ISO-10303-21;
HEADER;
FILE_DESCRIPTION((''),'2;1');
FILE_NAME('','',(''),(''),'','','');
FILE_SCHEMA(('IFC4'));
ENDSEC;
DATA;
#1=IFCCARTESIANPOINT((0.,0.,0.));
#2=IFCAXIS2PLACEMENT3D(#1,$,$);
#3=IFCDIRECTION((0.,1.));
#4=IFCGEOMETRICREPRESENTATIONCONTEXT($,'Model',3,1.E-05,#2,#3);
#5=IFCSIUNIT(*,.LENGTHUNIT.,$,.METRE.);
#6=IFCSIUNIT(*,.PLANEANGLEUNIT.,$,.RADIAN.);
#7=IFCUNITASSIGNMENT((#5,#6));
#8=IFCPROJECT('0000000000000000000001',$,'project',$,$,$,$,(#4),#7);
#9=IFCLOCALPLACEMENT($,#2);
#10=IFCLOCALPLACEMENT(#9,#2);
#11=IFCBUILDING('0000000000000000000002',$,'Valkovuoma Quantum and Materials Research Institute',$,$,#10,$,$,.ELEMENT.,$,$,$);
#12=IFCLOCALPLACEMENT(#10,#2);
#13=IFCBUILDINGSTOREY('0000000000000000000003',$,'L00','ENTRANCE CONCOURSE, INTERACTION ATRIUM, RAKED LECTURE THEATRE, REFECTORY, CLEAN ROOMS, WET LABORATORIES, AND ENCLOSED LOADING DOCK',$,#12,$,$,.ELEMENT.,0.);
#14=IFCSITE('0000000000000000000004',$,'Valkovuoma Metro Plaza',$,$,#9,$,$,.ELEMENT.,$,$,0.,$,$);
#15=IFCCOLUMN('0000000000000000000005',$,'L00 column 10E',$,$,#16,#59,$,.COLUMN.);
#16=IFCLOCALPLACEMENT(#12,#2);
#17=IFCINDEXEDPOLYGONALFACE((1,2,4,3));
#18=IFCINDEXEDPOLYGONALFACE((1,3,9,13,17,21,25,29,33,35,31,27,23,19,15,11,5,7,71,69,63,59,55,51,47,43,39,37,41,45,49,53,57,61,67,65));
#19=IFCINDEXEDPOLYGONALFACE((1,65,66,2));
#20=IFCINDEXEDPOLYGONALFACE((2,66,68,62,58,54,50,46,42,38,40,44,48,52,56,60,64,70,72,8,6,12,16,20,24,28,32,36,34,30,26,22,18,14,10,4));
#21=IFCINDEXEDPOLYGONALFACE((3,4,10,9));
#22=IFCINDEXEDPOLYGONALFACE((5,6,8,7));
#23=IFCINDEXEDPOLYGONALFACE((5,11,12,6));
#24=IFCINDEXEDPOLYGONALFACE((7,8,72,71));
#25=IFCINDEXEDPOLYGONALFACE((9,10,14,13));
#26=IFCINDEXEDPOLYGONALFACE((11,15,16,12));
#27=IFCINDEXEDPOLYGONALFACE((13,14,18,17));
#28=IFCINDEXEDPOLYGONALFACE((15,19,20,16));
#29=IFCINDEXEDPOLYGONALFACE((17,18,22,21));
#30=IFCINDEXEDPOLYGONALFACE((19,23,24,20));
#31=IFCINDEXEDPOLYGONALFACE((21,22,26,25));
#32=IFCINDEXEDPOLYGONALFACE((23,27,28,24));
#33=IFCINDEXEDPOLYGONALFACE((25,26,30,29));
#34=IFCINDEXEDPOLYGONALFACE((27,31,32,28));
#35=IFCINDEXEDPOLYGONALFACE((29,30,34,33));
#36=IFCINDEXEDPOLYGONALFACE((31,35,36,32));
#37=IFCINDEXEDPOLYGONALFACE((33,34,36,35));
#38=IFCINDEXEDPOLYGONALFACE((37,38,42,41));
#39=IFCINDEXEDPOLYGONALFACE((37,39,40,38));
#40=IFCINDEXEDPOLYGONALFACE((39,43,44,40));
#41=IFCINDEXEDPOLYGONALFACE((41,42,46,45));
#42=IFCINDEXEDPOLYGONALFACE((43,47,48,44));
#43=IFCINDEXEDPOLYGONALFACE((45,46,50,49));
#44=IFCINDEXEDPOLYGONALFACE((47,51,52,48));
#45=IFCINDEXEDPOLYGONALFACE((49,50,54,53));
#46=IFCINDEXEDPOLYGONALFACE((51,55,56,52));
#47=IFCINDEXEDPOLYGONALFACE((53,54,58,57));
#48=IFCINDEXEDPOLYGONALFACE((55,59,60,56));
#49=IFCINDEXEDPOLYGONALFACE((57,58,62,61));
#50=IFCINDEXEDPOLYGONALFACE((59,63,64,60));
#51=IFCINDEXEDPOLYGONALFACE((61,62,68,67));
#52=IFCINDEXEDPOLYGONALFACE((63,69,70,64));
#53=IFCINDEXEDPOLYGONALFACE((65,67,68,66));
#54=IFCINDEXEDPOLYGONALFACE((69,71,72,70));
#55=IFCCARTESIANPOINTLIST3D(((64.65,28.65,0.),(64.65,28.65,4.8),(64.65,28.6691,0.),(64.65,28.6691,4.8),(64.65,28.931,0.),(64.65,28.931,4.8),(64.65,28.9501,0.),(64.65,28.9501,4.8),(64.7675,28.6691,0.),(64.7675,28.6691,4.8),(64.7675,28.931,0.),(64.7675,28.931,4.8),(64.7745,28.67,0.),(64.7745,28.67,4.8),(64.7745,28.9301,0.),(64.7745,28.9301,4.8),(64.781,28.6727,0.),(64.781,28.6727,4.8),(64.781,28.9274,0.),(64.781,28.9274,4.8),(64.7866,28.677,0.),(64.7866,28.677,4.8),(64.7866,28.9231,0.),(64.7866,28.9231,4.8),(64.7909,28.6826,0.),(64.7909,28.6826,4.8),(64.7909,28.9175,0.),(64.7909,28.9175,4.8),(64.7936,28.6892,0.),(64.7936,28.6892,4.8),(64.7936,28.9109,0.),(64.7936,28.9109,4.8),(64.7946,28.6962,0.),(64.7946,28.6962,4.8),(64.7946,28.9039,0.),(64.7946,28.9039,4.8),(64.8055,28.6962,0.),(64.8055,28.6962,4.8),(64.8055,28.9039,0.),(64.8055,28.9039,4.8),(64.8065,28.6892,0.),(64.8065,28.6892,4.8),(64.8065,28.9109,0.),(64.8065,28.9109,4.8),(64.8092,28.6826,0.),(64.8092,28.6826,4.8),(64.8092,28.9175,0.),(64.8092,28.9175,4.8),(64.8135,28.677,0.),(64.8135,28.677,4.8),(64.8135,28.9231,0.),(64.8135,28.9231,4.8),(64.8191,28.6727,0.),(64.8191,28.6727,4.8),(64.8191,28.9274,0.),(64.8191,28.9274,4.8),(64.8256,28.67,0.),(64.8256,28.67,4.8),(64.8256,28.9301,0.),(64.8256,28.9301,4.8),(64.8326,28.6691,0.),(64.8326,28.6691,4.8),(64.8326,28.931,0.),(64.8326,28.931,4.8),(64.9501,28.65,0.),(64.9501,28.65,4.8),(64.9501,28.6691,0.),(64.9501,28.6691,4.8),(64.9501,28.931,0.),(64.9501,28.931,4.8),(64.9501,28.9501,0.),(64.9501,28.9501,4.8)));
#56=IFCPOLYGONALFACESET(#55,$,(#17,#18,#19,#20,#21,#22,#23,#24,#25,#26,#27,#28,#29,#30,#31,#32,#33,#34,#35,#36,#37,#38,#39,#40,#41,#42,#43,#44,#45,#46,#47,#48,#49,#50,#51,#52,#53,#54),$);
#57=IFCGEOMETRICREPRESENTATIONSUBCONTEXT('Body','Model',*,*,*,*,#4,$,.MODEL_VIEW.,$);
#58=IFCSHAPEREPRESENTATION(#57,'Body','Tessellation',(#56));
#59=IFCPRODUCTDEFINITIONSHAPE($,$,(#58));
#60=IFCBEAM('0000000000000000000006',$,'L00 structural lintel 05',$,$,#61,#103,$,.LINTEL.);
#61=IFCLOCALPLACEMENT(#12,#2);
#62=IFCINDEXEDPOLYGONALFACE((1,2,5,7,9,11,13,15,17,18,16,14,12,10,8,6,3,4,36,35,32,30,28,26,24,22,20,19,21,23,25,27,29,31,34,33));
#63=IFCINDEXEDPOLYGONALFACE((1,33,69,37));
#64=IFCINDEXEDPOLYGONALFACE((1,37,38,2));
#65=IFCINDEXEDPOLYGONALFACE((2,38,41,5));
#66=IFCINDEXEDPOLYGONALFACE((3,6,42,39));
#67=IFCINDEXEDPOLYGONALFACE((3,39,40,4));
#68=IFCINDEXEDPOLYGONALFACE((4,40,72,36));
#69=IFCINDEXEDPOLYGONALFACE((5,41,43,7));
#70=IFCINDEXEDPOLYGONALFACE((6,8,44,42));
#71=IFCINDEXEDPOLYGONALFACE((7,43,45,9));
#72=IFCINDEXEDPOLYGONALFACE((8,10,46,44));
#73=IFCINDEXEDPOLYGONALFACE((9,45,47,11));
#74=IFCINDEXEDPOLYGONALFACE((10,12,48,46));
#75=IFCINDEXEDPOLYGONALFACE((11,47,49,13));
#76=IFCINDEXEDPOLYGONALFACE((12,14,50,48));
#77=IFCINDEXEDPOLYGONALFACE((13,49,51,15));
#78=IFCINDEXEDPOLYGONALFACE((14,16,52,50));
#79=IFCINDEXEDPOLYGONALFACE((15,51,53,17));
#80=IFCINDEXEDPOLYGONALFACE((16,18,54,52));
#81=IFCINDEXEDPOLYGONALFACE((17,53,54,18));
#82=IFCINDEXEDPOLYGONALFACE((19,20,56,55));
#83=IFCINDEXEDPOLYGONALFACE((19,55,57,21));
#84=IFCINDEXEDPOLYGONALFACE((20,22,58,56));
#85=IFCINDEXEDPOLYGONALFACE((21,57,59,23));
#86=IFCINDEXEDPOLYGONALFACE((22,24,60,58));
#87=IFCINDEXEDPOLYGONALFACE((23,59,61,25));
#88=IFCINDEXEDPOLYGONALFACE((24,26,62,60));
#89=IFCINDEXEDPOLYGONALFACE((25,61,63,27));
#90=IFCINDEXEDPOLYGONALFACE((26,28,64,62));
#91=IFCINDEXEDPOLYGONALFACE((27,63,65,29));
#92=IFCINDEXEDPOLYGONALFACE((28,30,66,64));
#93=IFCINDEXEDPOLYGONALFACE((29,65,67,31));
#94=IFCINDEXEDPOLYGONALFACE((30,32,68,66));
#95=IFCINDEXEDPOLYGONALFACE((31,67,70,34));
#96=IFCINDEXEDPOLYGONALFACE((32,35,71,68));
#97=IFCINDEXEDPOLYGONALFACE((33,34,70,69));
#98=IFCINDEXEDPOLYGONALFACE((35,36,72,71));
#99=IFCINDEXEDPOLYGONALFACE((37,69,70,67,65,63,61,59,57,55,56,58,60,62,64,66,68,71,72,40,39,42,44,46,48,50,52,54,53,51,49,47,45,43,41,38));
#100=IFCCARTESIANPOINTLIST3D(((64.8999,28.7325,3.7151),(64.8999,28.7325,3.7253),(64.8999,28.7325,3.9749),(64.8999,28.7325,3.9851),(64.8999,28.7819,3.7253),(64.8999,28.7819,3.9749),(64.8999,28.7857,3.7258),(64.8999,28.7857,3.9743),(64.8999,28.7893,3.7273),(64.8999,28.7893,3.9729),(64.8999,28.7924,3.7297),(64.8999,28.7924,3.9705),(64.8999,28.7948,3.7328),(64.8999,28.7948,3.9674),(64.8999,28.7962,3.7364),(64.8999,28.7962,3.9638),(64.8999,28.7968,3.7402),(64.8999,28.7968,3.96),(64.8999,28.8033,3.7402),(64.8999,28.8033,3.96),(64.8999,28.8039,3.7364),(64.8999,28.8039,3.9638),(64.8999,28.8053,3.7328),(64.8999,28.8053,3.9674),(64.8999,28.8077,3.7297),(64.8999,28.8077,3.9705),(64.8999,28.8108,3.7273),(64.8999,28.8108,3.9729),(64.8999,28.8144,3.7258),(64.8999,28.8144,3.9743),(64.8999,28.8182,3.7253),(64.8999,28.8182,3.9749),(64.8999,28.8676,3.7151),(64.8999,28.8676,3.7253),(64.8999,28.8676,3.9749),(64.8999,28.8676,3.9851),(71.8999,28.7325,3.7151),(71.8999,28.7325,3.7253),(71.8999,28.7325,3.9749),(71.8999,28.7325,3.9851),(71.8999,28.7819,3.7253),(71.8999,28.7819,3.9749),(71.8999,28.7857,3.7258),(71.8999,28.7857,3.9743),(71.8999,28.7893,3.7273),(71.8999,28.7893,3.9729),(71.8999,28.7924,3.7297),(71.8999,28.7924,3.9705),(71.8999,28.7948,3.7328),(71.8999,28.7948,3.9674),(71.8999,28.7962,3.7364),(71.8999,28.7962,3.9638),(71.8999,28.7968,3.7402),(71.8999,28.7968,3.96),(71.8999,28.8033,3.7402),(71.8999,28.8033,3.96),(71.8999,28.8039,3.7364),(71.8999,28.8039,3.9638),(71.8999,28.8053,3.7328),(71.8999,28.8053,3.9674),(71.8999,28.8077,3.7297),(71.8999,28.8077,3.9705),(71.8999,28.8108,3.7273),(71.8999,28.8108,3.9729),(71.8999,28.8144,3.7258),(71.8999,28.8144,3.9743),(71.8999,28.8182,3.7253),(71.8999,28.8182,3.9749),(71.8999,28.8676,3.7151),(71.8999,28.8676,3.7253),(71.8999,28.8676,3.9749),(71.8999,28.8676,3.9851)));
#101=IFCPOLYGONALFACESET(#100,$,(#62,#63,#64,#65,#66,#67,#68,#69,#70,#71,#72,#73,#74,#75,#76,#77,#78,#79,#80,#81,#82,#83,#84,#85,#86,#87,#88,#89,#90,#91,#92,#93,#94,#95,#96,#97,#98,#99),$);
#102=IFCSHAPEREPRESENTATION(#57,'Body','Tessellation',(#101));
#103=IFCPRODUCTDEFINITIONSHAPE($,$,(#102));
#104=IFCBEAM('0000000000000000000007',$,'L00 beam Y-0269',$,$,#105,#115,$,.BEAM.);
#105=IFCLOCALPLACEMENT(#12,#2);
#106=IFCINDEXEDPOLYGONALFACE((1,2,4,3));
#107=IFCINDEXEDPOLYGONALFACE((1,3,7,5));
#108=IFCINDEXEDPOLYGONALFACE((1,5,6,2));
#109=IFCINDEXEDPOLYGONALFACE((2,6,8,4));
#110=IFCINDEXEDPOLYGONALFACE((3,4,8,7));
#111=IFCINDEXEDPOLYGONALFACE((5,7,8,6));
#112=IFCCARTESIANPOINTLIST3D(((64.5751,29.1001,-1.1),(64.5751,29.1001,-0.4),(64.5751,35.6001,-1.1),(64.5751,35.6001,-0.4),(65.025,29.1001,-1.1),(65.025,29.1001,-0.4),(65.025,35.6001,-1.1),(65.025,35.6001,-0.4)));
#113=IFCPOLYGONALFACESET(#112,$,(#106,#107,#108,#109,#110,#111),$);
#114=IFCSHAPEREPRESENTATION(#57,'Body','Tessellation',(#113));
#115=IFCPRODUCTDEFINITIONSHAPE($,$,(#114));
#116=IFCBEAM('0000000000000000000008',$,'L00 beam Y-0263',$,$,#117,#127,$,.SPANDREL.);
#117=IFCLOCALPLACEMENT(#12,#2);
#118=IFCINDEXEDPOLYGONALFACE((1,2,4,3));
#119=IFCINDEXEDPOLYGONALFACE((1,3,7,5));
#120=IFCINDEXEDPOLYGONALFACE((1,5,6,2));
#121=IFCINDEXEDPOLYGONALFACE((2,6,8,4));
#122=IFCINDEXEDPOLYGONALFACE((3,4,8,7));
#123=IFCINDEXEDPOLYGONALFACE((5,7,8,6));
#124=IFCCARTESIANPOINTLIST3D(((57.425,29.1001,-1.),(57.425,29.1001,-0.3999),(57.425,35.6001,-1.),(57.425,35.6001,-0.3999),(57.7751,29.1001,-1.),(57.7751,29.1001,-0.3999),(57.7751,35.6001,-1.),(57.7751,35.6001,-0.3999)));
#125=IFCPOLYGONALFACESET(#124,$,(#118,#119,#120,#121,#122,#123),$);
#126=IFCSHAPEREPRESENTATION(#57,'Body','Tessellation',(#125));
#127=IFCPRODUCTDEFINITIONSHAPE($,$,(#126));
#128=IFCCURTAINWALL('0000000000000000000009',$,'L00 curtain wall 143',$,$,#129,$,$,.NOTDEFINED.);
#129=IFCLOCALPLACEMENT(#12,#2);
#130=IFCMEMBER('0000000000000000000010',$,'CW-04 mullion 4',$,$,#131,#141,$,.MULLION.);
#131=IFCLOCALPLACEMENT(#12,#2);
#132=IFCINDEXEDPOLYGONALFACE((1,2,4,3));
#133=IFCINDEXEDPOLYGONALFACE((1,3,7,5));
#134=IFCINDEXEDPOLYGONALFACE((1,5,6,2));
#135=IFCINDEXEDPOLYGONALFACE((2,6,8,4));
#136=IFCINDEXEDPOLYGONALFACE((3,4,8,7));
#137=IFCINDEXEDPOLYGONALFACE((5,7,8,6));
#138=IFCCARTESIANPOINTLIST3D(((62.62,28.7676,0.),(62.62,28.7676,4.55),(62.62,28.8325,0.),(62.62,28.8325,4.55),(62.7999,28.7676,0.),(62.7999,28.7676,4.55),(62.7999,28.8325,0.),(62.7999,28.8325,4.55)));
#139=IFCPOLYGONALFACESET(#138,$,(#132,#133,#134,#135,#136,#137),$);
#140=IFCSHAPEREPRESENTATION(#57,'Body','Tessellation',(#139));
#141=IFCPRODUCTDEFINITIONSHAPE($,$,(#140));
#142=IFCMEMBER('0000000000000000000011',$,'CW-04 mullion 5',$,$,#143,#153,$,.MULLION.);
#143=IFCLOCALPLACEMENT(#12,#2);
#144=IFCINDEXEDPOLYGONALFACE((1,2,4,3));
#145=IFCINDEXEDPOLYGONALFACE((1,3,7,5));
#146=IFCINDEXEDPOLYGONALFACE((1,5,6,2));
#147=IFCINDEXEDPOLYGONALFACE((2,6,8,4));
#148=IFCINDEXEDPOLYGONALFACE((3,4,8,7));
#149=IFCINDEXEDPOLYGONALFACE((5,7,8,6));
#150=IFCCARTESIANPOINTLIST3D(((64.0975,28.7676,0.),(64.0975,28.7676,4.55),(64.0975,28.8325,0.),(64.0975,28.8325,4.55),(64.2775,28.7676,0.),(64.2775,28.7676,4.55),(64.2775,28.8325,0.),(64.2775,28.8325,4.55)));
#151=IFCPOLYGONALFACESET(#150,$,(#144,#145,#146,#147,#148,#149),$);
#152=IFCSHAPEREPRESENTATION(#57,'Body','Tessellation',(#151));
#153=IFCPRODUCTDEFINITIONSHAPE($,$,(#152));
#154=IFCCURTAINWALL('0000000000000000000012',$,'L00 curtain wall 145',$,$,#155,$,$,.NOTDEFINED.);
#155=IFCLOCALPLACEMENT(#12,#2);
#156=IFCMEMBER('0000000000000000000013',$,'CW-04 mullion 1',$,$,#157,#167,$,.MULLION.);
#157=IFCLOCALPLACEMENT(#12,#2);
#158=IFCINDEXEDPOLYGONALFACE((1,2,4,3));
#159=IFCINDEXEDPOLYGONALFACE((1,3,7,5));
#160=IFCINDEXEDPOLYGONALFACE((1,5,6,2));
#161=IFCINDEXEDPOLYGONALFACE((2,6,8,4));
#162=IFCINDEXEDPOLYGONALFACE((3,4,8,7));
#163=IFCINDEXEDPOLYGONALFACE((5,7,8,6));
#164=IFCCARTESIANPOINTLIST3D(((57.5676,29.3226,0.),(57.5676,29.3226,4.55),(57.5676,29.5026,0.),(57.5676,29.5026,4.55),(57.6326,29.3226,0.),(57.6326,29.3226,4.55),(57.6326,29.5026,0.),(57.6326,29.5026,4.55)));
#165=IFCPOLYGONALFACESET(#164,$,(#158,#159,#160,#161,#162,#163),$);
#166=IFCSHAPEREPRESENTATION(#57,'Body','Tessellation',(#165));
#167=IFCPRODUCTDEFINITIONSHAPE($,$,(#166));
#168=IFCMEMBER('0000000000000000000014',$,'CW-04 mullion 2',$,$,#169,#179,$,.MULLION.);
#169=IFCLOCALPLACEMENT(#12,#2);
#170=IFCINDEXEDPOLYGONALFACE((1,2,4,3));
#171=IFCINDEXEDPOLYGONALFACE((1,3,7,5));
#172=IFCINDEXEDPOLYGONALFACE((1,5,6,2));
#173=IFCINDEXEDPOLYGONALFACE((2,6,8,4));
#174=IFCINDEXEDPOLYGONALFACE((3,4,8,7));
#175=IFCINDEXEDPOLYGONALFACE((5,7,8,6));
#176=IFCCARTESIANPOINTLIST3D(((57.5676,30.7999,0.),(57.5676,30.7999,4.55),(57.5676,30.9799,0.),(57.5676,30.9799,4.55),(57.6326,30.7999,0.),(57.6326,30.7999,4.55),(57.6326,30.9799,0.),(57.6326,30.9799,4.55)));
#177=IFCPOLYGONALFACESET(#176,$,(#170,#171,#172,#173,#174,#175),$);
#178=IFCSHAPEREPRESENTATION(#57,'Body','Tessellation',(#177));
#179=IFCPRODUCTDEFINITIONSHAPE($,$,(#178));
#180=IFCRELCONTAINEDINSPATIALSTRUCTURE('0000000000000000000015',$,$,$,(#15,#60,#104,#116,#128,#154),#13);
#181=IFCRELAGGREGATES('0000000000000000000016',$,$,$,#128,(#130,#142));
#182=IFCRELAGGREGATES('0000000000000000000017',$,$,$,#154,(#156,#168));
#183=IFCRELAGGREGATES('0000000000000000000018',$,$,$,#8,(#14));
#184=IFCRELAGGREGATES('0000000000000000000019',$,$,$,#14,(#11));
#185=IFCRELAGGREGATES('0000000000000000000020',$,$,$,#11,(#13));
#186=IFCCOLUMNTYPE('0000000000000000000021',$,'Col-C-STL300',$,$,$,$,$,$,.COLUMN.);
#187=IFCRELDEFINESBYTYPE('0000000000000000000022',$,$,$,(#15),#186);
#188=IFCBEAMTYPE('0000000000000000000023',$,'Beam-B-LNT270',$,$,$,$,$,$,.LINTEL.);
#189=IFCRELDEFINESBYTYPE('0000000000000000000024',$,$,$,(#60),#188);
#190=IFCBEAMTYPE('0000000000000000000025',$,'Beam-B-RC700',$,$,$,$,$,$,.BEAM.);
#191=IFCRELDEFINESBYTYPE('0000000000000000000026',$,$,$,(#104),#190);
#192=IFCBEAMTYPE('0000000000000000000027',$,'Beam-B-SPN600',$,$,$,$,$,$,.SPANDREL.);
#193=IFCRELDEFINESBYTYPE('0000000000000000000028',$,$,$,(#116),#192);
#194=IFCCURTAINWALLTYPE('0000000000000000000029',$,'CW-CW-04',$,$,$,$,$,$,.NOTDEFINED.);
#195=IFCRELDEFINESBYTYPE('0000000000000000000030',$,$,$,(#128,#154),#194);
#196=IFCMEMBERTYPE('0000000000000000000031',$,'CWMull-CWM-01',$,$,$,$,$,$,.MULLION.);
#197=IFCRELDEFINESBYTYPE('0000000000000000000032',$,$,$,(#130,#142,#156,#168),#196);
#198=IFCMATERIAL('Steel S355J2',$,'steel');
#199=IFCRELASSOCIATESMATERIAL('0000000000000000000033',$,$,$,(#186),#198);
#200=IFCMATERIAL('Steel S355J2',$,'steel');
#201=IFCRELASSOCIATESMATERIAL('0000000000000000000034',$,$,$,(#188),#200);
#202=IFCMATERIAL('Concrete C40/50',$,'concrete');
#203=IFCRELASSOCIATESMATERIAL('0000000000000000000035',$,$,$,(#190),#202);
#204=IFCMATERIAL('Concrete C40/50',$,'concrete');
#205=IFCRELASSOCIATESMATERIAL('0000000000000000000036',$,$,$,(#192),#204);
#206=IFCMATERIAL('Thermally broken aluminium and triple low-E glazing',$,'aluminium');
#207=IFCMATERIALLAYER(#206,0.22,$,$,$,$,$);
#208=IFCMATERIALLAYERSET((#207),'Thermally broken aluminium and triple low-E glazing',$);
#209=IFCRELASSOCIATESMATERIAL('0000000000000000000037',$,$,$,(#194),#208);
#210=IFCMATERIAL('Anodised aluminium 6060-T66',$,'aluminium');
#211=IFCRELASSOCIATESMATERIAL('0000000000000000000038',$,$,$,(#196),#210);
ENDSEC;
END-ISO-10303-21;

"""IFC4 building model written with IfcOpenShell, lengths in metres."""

from ifc_helpers import new_model, si_unit, direction, frame, origin, origin_2d, place, context, subcontext, project, spatial, rectangle, i_section, extrude, material, layer, layer_set, material_profile, profile_set, type_object, element, aggregate, save


model = new_model("IFC4")

# Units and contexts
model_context = context("Model", 3, precision=1e-05, world=origin(), true_north=direction((0.0, 1.0)))
body_context = subcontext(model_context, "Body", "Model", "MODEL_VIEW")
ifc_project = project(units=[si_unit("LENGTHUNIT", "METRE"), si_unit("PLANEANGLEUNIT", "RADIAN")], contexts=[model_context])

# Site, building, storey
site_placement = place(None, origin())
site = spatial("IfcSite", under=ifc_project, at=site_placement, Name="Valkovuoma Metro Plaza", CompositionType="ELEMENT", RefElevation=0.0)
building_placement = place(site_placement, origin())
building = spatial("IfcBuilding", under=site, at=building_placement, Name="Valkovuoma Quantum and Materials Research Institute", CompositionType="ELEMENT")
storey_placement = place(building_placement, origin())
storey = spatial("IfcBuildingStorey", under=building, at=storey_placement, Name="L00", Description="ENTRANCE CONCOURSE, INTERACTION ATRIUM, RAKED LECTURE THEATRE, REFECTORY, CLEAN ROOMS, WET LABORATORIES, AND ENCLOSED LOADING DOCK", CompositionType="ELEMENT", Elevation=0.0)

# Column
ifc_material_1 = material(Name="Steel S355J2", Category="steel")
ifc_material_profile_1 = material_profile(ifc_material_1, i_section(OverallWidth=0.3, OverallDepth=0.3, WebThickness=0.011, FlangeThickness=0.019, FilletRadius=0.0271, at=origin_2d()), Name="Steel S355J2")
ifc_profile_set_1 = profile_set([ifc_material_profile_1], Name="Steel S355J2")
column_type = type_object("IfcColumnType", Name="Col-C-STL300", PredefinedType="COLUMN", material=ifc_profile_set_1)
column_placement = place(storey_placement, frame((64.8, 28.8, 0.0), z_axis=(0.0, 0.0, 1.0), x_axis=(1.0, 0.0, 0.0)))
element("IfcColumn", 1, at=column_placement, inside=storey, type_object=column_type, Name="L00 column 10E", PredefinedType="COLUMN", context=body_context, shape_type="SweptSolid", body=[
    extrude(i_section(OverallWidth=0.3, OverallDepth=0.3, WebThickness=0.011, FlangeThickness=0.019, FilletRadius=0.0271, at=origin_2d()), origin(), (0.0, 0.0, 1.0), 4.8),
])

# Beams
ifc_material_2 = material(Name="Steel S355J2", Category="steel")
ifc_material_profile_2 = material_profile(ifc_material_2, i_section(OverallWidth=0.135, OverallDepth=0.27, WebThickness=0.0066, FlangeThickness=0.0103, FilletRadius=0.0149, at=origin_2d()), Name="Steel S355J2")
ifc_profile_set_2 = profile_set([ifc_material_profile_2], Name="Steel S355J2")
beam_type_1 = type_object("IfcBeamType", Name="Beam-B-LNT270", PredefinedType="LINTEL", material=ifc_profile_set_2)
beam_1_placement = place(storey_placement, frame((64.8999, 28.8, 3.8501), z_axis=(1.0, 0.0, 0.0), x_axis=(0.0, 1.0, 0.0)))
element("IfcBeam", 2, at=beam_1_placement, inside=storey, type_object=beam_type_1, Name="L00 structural lintel 05", PredefinedType="LINTEL", context=body_context, shape_type="SweptSolid", body=[
    extrude(i_section(OverallWidth=0.135, OverallDepth=0.27, WebThickness=0.0066, FlangeThickness=0.0103, FilletRadius=0.0149, at=origin_2d()), origin(), (0.0, 0.0, 1.0), 7.0),
])
ifc_material_3 = material(Name="Concrete C40/50", Category="concrete")
ifc_material_profile_3 = material_profile(ifc_material_3, rectangle(XDim=0.45, YDim=0.7, at=origin_2d()), Name="Concrete C40/50")
ifc_profile_set_3 = profile_set([ifc_material_profile_3], Name="Concrete C40/50")
beam_type_2 = type_object("IfcBeamType", Name="Beam-B-RC700", PredefinedType="BEAM", material=ifc_profile_set_3)
beam_2_placement = place(storey_placement, frame((64.8, 29.1001, -0.75), z_axis=(0.0, 1.0, 0.0), x_axis=(-1.0, 0.0, 0.0)))
element("IfcBeam", 3, at=beam_2_placement, inside=storey, type_object=beam_type_2, Name="L00 beam Y-0269", PredefinedType="BEAM", context=body_context, shape_type="SweptSolid", body=[
    extrude(rectangle(XDim=0.45, YDim=0.7, at=origin_2d()), origin(), (0.0, 0.0, 1.0), 6.5),
])
ifc_material_4 = material(Name="Concrete C40/50", Category="concrete")
ifc_material_profile_4 = material_profile(ifc_material_4, rectangle(XDim=0.3501, YDim=0.6001, at=origin_2d()), Name="Concrete C40/50")
ifc_profile_set_4 = profile_set([ifc_material_profile_4], Name="Concrete C40/50")
beam_type_3 = type_object("IfcBeamType", Name="Beam-B-SPN600", PredefinedType="SPANDREL", material=ifc_profile_set_4)
beam_3_placement = place(storey_placement, frame((57.6001, 29.1001, -0.7), z_axis=(0.0, 1.0, 0.0), x_axis=(-1.0, 0.0, 0.0)))
element("IfcBeam", 4, at=beam_3_placement, inside=storey, type_object=beam_type_3, Name="L00 beam Y-0263", PredefinedType="SPANDREL", context=body_context, shape_type="SweptSolid", body=[
    extrude(rectangle(XDim=0.3501, YDim=0.6001, at=origin_2d()), origin(), (0.0, 0.0, 1.0), 6.5),
])

# Curtain walls, members
ifc_material_5 = material(Name="Thermally broken aluminium and triple low-E glazing", Category="aluminium")
ifc_layer_1 = layer(ifc_material_5, 0.22)
ifc_layer_set_1 = layer_set([ifc_layer_1], Name="Thermally broken aluminium and triple low-E glazing")
curtain_wall_type = type_object("IfcCurtainWallType", Name="CW-CW-04", PredefinedType="NOTDEFINED", material=ifc_layer_set_1)
curtain_wall_1_placement = place(storey_placement, origin())
curtain_wall_1 = element("IfcCurtainWall", 5, at=curtain_wall_1_placement, inside=storey, type_object=curtain_wall_type, Name="L00 curtain wall 143", PredefinedType="NOTDEFINED")
ifc_material_6 = material(Name="Anodised aluminium 6060-T66", Category="aluminium")
ifc_material_profile_5 = material_profile(ifc_material_6, rectangle(XDim=0.0649, YDim=0.1799, at=origin_2d()), Name="Anodised aluminium 6060-T66")
ifc_profile_set_5 = profile_set([ifc_material_profile_5], Name="Anodised aluminium 6060-T66")
member_type_1 = type_object("IfcMemberType", Name="CWMull-CWM-01", PredefinedType="MULLION", material=ifc_profile_set_5)
member_1_placement = place(storey_placement, frame((62.71, 28.8, 0.0), z_axis=(0.0, 0.0, 1.0), x_axis=(0.0, 1.0, 0.0)))
member_1 = element("IfcMember", 6, at=member_1_placement, type_object=member_type_1, Name="CW-04 mullion 4", PredefinedType="MULLION", context=body_context, shape_type="SweptSolid", body=[
    extrude(rectangle(XDim=0.0649, YDim=0.1799, at=origin_2d()), origin(), (0.0, 0.0, 1.0), 4.55),
])
member_2_placement = place(storey_placement, frame((64.1875, 28.8, 0.0), z_axis=(0.0, 0.0, 1.0), x_axis=(0.0, 1.0, 0.0)))
member_2 = element("IfcMember", 7, at=member_2_placement, type_object=member_type_1, Name="CW-04 mullion 5", PredefinedType="MULLION", context=body_context, shape_type="SweptSolid", body=[
    extrude(rectangle(XDim=0.0649, YDim=0.1799, at=origin_2d()), origin(), (0.0, 0.0, 1.0), 4.55),
])
curtain_wall_2_placement = place(storey_placement, origin())
curtain_wall_2 = element("IfcCurtainWall", 8, at=curtain_wall_2_placement, inside=storey, type_object=curtain_wall_type, Name="L00 curtain wall 145", PredefinedType="NOTDEFINED")
member_3_placement = place(storey_placement, frame((57.6001, 29.4126, 0.0), z_axis=(0.0, 0.0, 1.0), x_axis=(-1.0, 0.0, 0.0)))
member_3 = element("IfcMember", 9, at=member_3_placement, type_object=member_type_1, Name="CW-04 mullion 1", PredefinedType="MULLION", context=body_context, shape_type="SweptSolid", body=[
    extrude(rectangle(XDim=0.0649, YDim=0.1799, at=origin_2d()), origin(), (0.0, 0.0, 1.0), 4.55),
])
member_4_placement = place(storey_placement, frame((57.6001, 30.8899, 0.0), z_axis=(0.0, 0.0, 1.0), x_axis=(-1.0, 0.0, 0.0)))
member_4 = element("IfcMember", 10, at=member_4_placement, type_object=member_type_1, Name="CW-04 mullion 2", PredefinedType="MULLION", context=body_context, shape_type="SweptSolid", body=[
    extrude(rectangle(XDim=0.0649, YDim=0.1799, at=origin_2d()), origin(), (0.0, 0.0, 1.0), 4.55),
])

aggregate(curtain_wall_1, [member_1, member_2])
aggregate(curtain_wall_2, [member_3, member_4])

save(model, "model.ifc")
